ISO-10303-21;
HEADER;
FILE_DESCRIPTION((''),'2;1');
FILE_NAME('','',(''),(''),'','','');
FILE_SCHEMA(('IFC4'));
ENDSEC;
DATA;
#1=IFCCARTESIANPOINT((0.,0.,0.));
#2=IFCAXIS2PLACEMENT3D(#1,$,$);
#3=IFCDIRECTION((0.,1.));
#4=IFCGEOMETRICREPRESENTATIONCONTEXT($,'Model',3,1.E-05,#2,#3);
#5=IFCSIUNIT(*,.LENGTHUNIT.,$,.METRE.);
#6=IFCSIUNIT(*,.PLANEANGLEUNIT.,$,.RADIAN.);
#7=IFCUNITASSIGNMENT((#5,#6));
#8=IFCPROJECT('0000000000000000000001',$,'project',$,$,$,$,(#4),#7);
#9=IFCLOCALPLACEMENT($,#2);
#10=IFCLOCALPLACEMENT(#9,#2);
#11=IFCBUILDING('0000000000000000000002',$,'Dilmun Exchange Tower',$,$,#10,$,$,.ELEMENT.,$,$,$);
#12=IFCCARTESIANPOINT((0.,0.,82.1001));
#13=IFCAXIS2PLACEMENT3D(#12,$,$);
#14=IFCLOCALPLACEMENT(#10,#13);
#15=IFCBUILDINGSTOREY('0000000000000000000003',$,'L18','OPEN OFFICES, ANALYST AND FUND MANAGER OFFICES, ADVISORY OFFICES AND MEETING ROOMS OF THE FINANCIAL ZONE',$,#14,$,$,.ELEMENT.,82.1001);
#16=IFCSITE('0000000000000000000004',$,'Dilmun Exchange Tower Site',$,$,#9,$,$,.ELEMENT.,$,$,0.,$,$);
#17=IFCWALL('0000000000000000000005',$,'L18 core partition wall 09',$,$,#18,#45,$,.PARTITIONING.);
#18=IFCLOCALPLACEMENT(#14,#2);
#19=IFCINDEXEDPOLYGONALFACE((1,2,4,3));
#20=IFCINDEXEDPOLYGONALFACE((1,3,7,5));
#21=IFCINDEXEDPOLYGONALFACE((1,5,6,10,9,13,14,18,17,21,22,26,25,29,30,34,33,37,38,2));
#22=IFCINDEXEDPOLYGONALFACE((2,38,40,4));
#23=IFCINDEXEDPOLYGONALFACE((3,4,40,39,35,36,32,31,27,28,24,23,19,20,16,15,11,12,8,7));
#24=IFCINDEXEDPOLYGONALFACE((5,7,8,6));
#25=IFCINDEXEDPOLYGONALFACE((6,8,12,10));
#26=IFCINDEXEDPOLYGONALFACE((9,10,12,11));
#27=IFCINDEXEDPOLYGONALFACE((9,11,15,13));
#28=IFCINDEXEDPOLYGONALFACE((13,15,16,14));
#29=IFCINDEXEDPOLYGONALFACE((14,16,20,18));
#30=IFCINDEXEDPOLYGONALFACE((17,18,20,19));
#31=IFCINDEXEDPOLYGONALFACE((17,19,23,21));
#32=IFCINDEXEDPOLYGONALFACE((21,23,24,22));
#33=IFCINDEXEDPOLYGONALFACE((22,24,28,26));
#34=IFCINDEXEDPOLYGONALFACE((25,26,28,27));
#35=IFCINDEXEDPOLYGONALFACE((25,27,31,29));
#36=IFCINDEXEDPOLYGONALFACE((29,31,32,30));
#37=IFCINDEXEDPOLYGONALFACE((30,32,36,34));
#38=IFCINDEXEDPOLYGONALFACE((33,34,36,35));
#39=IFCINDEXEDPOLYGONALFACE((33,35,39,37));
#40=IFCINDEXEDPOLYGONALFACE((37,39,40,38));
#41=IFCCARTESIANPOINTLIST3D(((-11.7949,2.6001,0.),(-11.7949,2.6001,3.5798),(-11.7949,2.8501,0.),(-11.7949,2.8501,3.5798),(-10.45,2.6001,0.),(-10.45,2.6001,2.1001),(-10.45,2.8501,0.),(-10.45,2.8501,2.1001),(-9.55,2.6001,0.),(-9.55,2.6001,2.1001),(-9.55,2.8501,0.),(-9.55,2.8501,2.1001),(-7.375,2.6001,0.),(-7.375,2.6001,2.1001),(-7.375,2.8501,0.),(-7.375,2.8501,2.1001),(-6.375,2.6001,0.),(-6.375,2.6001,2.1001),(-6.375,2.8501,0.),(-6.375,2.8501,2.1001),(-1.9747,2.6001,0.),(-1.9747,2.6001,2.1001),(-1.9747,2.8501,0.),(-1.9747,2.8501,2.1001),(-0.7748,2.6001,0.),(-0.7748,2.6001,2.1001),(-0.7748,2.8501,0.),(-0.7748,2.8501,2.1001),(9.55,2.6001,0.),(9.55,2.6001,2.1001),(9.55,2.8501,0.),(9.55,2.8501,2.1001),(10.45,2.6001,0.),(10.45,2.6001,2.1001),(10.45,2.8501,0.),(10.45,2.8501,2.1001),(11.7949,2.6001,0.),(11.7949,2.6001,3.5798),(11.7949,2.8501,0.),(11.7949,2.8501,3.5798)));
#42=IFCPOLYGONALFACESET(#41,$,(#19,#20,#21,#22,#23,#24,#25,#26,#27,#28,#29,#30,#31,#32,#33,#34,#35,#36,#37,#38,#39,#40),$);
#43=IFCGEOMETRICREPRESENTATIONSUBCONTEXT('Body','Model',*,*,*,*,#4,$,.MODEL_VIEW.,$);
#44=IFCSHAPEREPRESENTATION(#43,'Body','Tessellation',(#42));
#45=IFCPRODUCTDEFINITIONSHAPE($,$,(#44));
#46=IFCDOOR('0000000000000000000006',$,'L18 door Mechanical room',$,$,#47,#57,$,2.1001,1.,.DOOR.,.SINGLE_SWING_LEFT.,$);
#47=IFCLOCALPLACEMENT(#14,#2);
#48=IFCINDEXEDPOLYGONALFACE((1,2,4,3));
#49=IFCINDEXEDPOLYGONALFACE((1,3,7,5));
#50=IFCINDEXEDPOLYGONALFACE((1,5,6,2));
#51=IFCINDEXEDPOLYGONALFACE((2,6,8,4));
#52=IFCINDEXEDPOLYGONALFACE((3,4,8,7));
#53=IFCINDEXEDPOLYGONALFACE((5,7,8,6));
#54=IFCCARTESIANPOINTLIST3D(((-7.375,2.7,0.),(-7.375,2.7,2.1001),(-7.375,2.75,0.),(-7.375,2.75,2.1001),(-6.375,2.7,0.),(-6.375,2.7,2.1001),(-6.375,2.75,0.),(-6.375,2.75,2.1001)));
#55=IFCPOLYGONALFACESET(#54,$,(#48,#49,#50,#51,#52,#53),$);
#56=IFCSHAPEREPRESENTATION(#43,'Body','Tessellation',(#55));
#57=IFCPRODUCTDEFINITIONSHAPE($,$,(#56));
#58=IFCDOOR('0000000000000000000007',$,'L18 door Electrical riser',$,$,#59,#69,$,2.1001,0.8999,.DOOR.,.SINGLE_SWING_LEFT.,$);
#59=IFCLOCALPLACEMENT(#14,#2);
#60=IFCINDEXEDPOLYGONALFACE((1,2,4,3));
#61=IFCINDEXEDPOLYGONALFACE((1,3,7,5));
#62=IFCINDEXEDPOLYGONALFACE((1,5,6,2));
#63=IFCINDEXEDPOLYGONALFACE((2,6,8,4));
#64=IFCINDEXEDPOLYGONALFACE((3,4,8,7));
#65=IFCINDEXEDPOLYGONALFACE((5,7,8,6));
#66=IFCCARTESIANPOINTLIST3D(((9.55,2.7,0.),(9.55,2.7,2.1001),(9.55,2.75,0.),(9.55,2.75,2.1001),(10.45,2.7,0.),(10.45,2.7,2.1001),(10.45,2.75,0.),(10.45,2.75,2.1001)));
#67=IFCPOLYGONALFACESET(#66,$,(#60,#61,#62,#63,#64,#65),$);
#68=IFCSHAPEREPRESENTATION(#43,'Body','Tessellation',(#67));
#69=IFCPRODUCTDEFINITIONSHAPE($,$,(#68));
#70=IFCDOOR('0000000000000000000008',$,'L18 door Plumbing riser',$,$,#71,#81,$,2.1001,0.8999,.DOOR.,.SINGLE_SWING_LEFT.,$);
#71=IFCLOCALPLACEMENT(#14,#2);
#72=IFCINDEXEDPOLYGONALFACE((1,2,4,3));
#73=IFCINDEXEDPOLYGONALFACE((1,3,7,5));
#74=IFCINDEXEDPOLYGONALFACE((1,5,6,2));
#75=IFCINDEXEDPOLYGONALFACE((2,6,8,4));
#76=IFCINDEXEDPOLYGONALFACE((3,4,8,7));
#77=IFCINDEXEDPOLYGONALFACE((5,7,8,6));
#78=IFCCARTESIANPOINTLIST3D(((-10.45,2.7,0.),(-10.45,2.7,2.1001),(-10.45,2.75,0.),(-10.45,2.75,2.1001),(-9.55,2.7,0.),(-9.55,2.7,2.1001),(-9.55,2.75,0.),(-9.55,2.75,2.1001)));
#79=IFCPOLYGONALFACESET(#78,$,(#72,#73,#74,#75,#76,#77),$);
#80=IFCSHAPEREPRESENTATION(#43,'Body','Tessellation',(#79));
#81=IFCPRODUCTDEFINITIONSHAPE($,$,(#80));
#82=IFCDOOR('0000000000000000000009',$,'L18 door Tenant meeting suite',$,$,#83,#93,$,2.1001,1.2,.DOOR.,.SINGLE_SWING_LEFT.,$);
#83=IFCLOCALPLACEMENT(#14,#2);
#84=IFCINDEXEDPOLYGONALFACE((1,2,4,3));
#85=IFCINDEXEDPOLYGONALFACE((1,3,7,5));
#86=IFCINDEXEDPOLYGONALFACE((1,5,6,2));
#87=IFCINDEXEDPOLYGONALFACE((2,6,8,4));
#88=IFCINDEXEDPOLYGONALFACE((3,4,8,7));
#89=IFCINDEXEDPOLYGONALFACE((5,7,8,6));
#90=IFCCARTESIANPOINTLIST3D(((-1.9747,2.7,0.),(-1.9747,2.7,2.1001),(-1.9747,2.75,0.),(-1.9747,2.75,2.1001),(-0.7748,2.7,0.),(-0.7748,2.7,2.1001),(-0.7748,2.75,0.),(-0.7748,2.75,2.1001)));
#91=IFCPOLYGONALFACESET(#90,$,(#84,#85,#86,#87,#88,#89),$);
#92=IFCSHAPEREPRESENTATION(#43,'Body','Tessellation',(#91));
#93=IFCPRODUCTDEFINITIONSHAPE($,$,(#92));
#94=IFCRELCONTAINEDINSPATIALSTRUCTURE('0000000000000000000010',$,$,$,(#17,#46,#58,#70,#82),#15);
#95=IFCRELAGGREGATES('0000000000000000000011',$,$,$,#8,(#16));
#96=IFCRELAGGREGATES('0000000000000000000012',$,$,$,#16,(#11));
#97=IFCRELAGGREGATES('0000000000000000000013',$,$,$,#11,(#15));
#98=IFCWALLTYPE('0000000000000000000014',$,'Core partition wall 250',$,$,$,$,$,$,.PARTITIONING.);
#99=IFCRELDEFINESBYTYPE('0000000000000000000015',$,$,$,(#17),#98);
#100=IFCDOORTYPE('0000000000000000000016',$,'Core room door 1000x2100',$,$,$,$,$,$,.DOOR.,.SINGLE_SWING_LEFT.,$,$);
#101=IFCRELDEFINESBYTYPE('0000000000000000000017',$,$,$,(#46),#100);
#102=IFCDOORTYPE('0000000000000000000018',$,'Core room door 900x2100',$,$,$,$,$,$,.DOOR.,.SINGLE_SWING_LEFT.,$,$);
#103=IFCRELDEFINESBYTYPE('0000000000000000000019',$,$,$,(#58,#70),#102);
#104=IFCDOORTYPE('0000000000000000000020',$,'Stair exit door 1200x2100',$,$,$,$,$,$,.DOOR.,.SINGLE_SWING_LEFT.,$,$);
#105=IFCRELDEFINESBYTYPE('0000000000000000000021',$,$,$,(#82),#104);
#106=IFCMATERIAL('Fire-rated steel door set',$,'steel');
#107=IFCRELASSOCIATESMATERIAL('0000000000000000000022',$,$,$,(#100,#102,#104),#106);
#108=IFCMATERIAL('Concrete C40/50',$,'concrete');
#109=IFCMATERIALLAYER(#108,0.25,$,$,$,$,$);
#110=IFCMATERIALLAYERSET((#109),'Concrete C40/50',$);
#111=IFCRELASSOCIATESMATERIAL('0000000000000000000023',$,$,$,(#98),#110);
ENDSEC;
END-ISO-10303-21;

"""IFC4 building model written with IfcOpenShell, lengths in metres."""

from ifc_helpers import new_model, si_unit, direction, frame, frame_2d, origin, place, context, subcontext, project, spatial, rectangle, extrude, material, layer, layer_set, type_object, element, fill, save


model = new_model("IFC4")

# Units and contexts
model_context = context("Model", 3, precision=1e-05, world=origin(), true_north=direction((0.0, 1.0)))
body_context = subcontext(model_context, "Body", "Model", "MODEL_VIEW")
ifc_project = project(units=[si_unit("LENGTHUNIT", "METRE"), si_unit("PLANEANGLEUNIT", "RADIAN")], contexts=[model_context])

# Site, building, storey
site_placement = place(None, origin())
site = spatial("IfcSite", under=ifc_project, at=site_placement, Name="Dilmun Exchange Tower Site", CompositionType="ELEMENT", RefElevation=0.0)
building_placement = place(site_placement, origin())
building = spatial("IfcBuilding", under=site, at=building_placement, Name="Dilmun Exchange Tower", CompositionType="ELEMENT")
storey_placement = place(building_placement, frame((0.0, 0.0, 82.1001)))
storey = spatial("IfcBuildingStorey", under=building, at=storey_placement, Name="L18", Description="OPEN OFFICES, ANALYST AND FUND MANAGER OFFICES, ADVISORY OFFICES AND MEETING ROOMS OF THE FINANCIAL ZONE", CompositionType="ELEMENT", Elevation=82.1001)

# Shared definitions
ifc_material_1 = material(Name="Concrete C40/50", Category="concrete")

# Shared definitions
ifc_material_2 = material(Name="Fire-rated steel door set", Category="steel")
door_type_1 = type_object("IfcDoorType", Name="Core room door 1000x2100", OperationType="SINGLE_SWING_LEFT", PredefinedType="DOOR", material=ifc_material_2)

# Wall, openings, doors
ifc_layer_1 = layer(ifc_material_1, 0.25)
ifc_layer_set_1 = layer_set([ifc_layer_1], Name="Concrete C40/50")
wall_type_1 = type_object("IfcWallType", Name="Core partition wall 250", PredefinedType="PARTITIONING", material=ifc_layer_set_1)
wall_1_placement = place(storey_placement, frame((-11.7949, 2.7251, 0.0), z_axis=(0.0, 0.0, 1.0), x_axis=(1.0, 0.0, 0.0)))
wall_1 = element("IfcWall", 1, at=wall_1_placement, inside=storey, type_object=wall_type_1, Name="L18 core partition wall 09", PredefinedType="PARTITIONING", context=body_context, shape_type="SweptSolid", body=[
    extrude(rectangle(XDim=23.5898, YDim=0.25, at=frame_2d((11.7949, 0.0))), origin(), (0.0, 0.0, 1.0), 3.5798),
])
opening_1_placement = place(wall_1_placement, frame((21.345, 0.0, 0.0)))
opening_1 = element("IfcOpeningElement", 2, at=opening_1_placement, cuts=wall_1, PredefinedType="OPENING", context=body_context, shape_type="SweptSolid", body=[
    extrude(rectangle(XDim=0.8999, YDim=2.1001, at=frame_2d((0.45, 1.05))), frame((0.0, 0.135, 0.0), z_axis=(0.0, -1.0, 0.0), x_axis=(1.0, 0.0, 0.0)), (0.0, 0.0, 1.0), 0.27),
])
opening_2_placement = place(wall_1_placement, frame((1.345, 0.0, 0.0)))
opening_2 = element("IfcOpeningElement", 3, at=opening_2_placement, cuts=wall_1, PredefinedType="OPENING", context=body_context, shape_type="SweptSolid", body=[
    extrude(rectangle(XDim=0.8999, YDim=2.1001, at=frame_2d((0.45, 1.05))), frame((0.0, 0.135, 0.0), z_axis=(0.0, -1.0, 0.0), x_axis=(1.0, 0.0, 0.0)), (0.0, 0.0, 1.0), 0.27),
])
opening_3_placement = place(wall_1_placement, frame((4.4199, 0.0, 0.0)))
opening_3 = element("IfcOpeningElement", 4, at=opening_3_placement, cuts=wall_1, PredefinedType="OPENING", context=body_context, shape_type="SweptSolid", body=[
    extrude(rectangle(XDim=1.0, YDim=2.1001, at=frame_2d((0.5, 1.05))), frame((0.0, 0.135, 0.0), z_axis=(0.0, -1.0, 0.0), x_axis=(1.0, 0.0, 0.0)), (0.0, 0.0, 1.0), 0.27),
])
opening_4_placement = place(wall_1_placement, frame((9.8201, 0.0, 0.0)))
opening_4 = element("IfcOpeningElement", 5, at=opening_4_placement, cuts=wall_1, PredefinedType="OPENING", context=body_context, shape_type="SweptSolid", body=[
    extrude(rectangle(XDim=1.2, YDim=2.1001, at=frame_2d((0.6001, 1.05))), frame((0.0, 0.135, 0.0), z_axis=(0.0, -1.0, 0.0), x_axis=(1.0, 0.0, 0.0)), (0.0, 0.0, 1.0), 0.27),
])
door_1_placement = place(opening_3_placement, origin())
door_1 = element("IfcDoor", 6, at=door_1_placement, inside=storey, type_object=door_type_1, Name="L18 door Mechanical room", OperationType="SINGLE_SWING_LEFT", OverallHeight=2.1001, OverallWidth=1.0, PredefinedType="DOOR", context=body_context, shape_type="SweptSolid", body=[
    extrude(rectangle(XDim=1.0, YDim=2.1001, at=frame_2d((0.5, 1.05))), frame((0.0, 0.0249, 0.0), z_axis=(0.0, -1.0, 0.0), x_axis=(1.0, 0.0, 0.0)), (0.0, 0.0, 1.0), 0.05),
])
fill(opening_3, door_1)
door_type_2 = type_object("IfcDoorType", Name="Core room door 900x2100", OperationType="SINGLE_SWING_LEFT", PredefinedType="DOOR", material=ifc_material_2)
door_2_placement = place(opening_1_placement, origin())
door_2 = element("IfcDoor", 7, at=door_2_placement, inside=storey, type_object=door_type_2, Name="L18 door Electrical riser", OperationType="SINGLE_SWING_LEFT", OverallHeight=2.1001, OverallWidth=0.8999, PredefinedType="DOOR", context=body_context, shape_type="SweptSolid", body=[
    extrude(rectangle(XDim=0.8999, YDim=2.1001, at=frame_2d((0.45, 1.05))), frame((0.0, 0.0249, 0.0), z_axis=(0.0, -1.0, 0.0), x_axis=(1.0, 0.0, 0.0)), (0.0, 0.0, 1.0), 0.05),
])
fill(opening_1, door_2)
door_3_placement = place(opening_2_placement, origin())
door_3 = element("IfcDoor", 8, at=door_3_placement, inside=storey, type_object=door_type_2, Name="L18 door Plumbing riser", OperationType="SINGLE_SWING_LEFT", OverallHeight=2.1001, OverallWidth=0.8999, PredefinedType="DOOR", context=body_context, shape_type="SweptSolid", body=[
    extrude(rectangle(XDim=0.8999, YDim=2.1001, at=frame_2d((0.45, 1.05))), frame((0.0, 0.0249, 0.0), z_axis=(0.0, -1.0, 0.0), x_axis=(1.0, 0.0, 0.0)), (0.0, 0.0, 1.0), 0.05),
])
fill(opening_2, door_3)
door_type_3 = type_object("IfcDoorType", Name="Stair exit door 1200x2100", OperationType="SINGLE_SWING_LEFT", PredefinedType="DOOR", material=ifc_material_2)
door_4_placement = place(opening_4_placement, origin())
door_4 = element("IfcDoor", 9, at=door_4_placement, inside=storey, type_object=door_type_3, Name="L18 door Tenant meeting suite", OperationType="SINGLE_SWING_LEFT", OverallHeight=2.1001, OverallWidth=1.2, PredefinedType="DOOR", context=body_context, shape_type="SweptSolid", body=[
    extrude(rectangle(XDim=1.2, YDim=2.1001, at=frame_2d((0.6001, 1.05))), frame((0.0, 0.0249, 0.0), z_axis=(0.0, -1.0, 0.0), x_axis=(1.0, 0.0, 0.0)), (0.0, 0.0, 1.0), 0.05),
])
fill(opening_4, door_4)

save(model, "model.ifc")
